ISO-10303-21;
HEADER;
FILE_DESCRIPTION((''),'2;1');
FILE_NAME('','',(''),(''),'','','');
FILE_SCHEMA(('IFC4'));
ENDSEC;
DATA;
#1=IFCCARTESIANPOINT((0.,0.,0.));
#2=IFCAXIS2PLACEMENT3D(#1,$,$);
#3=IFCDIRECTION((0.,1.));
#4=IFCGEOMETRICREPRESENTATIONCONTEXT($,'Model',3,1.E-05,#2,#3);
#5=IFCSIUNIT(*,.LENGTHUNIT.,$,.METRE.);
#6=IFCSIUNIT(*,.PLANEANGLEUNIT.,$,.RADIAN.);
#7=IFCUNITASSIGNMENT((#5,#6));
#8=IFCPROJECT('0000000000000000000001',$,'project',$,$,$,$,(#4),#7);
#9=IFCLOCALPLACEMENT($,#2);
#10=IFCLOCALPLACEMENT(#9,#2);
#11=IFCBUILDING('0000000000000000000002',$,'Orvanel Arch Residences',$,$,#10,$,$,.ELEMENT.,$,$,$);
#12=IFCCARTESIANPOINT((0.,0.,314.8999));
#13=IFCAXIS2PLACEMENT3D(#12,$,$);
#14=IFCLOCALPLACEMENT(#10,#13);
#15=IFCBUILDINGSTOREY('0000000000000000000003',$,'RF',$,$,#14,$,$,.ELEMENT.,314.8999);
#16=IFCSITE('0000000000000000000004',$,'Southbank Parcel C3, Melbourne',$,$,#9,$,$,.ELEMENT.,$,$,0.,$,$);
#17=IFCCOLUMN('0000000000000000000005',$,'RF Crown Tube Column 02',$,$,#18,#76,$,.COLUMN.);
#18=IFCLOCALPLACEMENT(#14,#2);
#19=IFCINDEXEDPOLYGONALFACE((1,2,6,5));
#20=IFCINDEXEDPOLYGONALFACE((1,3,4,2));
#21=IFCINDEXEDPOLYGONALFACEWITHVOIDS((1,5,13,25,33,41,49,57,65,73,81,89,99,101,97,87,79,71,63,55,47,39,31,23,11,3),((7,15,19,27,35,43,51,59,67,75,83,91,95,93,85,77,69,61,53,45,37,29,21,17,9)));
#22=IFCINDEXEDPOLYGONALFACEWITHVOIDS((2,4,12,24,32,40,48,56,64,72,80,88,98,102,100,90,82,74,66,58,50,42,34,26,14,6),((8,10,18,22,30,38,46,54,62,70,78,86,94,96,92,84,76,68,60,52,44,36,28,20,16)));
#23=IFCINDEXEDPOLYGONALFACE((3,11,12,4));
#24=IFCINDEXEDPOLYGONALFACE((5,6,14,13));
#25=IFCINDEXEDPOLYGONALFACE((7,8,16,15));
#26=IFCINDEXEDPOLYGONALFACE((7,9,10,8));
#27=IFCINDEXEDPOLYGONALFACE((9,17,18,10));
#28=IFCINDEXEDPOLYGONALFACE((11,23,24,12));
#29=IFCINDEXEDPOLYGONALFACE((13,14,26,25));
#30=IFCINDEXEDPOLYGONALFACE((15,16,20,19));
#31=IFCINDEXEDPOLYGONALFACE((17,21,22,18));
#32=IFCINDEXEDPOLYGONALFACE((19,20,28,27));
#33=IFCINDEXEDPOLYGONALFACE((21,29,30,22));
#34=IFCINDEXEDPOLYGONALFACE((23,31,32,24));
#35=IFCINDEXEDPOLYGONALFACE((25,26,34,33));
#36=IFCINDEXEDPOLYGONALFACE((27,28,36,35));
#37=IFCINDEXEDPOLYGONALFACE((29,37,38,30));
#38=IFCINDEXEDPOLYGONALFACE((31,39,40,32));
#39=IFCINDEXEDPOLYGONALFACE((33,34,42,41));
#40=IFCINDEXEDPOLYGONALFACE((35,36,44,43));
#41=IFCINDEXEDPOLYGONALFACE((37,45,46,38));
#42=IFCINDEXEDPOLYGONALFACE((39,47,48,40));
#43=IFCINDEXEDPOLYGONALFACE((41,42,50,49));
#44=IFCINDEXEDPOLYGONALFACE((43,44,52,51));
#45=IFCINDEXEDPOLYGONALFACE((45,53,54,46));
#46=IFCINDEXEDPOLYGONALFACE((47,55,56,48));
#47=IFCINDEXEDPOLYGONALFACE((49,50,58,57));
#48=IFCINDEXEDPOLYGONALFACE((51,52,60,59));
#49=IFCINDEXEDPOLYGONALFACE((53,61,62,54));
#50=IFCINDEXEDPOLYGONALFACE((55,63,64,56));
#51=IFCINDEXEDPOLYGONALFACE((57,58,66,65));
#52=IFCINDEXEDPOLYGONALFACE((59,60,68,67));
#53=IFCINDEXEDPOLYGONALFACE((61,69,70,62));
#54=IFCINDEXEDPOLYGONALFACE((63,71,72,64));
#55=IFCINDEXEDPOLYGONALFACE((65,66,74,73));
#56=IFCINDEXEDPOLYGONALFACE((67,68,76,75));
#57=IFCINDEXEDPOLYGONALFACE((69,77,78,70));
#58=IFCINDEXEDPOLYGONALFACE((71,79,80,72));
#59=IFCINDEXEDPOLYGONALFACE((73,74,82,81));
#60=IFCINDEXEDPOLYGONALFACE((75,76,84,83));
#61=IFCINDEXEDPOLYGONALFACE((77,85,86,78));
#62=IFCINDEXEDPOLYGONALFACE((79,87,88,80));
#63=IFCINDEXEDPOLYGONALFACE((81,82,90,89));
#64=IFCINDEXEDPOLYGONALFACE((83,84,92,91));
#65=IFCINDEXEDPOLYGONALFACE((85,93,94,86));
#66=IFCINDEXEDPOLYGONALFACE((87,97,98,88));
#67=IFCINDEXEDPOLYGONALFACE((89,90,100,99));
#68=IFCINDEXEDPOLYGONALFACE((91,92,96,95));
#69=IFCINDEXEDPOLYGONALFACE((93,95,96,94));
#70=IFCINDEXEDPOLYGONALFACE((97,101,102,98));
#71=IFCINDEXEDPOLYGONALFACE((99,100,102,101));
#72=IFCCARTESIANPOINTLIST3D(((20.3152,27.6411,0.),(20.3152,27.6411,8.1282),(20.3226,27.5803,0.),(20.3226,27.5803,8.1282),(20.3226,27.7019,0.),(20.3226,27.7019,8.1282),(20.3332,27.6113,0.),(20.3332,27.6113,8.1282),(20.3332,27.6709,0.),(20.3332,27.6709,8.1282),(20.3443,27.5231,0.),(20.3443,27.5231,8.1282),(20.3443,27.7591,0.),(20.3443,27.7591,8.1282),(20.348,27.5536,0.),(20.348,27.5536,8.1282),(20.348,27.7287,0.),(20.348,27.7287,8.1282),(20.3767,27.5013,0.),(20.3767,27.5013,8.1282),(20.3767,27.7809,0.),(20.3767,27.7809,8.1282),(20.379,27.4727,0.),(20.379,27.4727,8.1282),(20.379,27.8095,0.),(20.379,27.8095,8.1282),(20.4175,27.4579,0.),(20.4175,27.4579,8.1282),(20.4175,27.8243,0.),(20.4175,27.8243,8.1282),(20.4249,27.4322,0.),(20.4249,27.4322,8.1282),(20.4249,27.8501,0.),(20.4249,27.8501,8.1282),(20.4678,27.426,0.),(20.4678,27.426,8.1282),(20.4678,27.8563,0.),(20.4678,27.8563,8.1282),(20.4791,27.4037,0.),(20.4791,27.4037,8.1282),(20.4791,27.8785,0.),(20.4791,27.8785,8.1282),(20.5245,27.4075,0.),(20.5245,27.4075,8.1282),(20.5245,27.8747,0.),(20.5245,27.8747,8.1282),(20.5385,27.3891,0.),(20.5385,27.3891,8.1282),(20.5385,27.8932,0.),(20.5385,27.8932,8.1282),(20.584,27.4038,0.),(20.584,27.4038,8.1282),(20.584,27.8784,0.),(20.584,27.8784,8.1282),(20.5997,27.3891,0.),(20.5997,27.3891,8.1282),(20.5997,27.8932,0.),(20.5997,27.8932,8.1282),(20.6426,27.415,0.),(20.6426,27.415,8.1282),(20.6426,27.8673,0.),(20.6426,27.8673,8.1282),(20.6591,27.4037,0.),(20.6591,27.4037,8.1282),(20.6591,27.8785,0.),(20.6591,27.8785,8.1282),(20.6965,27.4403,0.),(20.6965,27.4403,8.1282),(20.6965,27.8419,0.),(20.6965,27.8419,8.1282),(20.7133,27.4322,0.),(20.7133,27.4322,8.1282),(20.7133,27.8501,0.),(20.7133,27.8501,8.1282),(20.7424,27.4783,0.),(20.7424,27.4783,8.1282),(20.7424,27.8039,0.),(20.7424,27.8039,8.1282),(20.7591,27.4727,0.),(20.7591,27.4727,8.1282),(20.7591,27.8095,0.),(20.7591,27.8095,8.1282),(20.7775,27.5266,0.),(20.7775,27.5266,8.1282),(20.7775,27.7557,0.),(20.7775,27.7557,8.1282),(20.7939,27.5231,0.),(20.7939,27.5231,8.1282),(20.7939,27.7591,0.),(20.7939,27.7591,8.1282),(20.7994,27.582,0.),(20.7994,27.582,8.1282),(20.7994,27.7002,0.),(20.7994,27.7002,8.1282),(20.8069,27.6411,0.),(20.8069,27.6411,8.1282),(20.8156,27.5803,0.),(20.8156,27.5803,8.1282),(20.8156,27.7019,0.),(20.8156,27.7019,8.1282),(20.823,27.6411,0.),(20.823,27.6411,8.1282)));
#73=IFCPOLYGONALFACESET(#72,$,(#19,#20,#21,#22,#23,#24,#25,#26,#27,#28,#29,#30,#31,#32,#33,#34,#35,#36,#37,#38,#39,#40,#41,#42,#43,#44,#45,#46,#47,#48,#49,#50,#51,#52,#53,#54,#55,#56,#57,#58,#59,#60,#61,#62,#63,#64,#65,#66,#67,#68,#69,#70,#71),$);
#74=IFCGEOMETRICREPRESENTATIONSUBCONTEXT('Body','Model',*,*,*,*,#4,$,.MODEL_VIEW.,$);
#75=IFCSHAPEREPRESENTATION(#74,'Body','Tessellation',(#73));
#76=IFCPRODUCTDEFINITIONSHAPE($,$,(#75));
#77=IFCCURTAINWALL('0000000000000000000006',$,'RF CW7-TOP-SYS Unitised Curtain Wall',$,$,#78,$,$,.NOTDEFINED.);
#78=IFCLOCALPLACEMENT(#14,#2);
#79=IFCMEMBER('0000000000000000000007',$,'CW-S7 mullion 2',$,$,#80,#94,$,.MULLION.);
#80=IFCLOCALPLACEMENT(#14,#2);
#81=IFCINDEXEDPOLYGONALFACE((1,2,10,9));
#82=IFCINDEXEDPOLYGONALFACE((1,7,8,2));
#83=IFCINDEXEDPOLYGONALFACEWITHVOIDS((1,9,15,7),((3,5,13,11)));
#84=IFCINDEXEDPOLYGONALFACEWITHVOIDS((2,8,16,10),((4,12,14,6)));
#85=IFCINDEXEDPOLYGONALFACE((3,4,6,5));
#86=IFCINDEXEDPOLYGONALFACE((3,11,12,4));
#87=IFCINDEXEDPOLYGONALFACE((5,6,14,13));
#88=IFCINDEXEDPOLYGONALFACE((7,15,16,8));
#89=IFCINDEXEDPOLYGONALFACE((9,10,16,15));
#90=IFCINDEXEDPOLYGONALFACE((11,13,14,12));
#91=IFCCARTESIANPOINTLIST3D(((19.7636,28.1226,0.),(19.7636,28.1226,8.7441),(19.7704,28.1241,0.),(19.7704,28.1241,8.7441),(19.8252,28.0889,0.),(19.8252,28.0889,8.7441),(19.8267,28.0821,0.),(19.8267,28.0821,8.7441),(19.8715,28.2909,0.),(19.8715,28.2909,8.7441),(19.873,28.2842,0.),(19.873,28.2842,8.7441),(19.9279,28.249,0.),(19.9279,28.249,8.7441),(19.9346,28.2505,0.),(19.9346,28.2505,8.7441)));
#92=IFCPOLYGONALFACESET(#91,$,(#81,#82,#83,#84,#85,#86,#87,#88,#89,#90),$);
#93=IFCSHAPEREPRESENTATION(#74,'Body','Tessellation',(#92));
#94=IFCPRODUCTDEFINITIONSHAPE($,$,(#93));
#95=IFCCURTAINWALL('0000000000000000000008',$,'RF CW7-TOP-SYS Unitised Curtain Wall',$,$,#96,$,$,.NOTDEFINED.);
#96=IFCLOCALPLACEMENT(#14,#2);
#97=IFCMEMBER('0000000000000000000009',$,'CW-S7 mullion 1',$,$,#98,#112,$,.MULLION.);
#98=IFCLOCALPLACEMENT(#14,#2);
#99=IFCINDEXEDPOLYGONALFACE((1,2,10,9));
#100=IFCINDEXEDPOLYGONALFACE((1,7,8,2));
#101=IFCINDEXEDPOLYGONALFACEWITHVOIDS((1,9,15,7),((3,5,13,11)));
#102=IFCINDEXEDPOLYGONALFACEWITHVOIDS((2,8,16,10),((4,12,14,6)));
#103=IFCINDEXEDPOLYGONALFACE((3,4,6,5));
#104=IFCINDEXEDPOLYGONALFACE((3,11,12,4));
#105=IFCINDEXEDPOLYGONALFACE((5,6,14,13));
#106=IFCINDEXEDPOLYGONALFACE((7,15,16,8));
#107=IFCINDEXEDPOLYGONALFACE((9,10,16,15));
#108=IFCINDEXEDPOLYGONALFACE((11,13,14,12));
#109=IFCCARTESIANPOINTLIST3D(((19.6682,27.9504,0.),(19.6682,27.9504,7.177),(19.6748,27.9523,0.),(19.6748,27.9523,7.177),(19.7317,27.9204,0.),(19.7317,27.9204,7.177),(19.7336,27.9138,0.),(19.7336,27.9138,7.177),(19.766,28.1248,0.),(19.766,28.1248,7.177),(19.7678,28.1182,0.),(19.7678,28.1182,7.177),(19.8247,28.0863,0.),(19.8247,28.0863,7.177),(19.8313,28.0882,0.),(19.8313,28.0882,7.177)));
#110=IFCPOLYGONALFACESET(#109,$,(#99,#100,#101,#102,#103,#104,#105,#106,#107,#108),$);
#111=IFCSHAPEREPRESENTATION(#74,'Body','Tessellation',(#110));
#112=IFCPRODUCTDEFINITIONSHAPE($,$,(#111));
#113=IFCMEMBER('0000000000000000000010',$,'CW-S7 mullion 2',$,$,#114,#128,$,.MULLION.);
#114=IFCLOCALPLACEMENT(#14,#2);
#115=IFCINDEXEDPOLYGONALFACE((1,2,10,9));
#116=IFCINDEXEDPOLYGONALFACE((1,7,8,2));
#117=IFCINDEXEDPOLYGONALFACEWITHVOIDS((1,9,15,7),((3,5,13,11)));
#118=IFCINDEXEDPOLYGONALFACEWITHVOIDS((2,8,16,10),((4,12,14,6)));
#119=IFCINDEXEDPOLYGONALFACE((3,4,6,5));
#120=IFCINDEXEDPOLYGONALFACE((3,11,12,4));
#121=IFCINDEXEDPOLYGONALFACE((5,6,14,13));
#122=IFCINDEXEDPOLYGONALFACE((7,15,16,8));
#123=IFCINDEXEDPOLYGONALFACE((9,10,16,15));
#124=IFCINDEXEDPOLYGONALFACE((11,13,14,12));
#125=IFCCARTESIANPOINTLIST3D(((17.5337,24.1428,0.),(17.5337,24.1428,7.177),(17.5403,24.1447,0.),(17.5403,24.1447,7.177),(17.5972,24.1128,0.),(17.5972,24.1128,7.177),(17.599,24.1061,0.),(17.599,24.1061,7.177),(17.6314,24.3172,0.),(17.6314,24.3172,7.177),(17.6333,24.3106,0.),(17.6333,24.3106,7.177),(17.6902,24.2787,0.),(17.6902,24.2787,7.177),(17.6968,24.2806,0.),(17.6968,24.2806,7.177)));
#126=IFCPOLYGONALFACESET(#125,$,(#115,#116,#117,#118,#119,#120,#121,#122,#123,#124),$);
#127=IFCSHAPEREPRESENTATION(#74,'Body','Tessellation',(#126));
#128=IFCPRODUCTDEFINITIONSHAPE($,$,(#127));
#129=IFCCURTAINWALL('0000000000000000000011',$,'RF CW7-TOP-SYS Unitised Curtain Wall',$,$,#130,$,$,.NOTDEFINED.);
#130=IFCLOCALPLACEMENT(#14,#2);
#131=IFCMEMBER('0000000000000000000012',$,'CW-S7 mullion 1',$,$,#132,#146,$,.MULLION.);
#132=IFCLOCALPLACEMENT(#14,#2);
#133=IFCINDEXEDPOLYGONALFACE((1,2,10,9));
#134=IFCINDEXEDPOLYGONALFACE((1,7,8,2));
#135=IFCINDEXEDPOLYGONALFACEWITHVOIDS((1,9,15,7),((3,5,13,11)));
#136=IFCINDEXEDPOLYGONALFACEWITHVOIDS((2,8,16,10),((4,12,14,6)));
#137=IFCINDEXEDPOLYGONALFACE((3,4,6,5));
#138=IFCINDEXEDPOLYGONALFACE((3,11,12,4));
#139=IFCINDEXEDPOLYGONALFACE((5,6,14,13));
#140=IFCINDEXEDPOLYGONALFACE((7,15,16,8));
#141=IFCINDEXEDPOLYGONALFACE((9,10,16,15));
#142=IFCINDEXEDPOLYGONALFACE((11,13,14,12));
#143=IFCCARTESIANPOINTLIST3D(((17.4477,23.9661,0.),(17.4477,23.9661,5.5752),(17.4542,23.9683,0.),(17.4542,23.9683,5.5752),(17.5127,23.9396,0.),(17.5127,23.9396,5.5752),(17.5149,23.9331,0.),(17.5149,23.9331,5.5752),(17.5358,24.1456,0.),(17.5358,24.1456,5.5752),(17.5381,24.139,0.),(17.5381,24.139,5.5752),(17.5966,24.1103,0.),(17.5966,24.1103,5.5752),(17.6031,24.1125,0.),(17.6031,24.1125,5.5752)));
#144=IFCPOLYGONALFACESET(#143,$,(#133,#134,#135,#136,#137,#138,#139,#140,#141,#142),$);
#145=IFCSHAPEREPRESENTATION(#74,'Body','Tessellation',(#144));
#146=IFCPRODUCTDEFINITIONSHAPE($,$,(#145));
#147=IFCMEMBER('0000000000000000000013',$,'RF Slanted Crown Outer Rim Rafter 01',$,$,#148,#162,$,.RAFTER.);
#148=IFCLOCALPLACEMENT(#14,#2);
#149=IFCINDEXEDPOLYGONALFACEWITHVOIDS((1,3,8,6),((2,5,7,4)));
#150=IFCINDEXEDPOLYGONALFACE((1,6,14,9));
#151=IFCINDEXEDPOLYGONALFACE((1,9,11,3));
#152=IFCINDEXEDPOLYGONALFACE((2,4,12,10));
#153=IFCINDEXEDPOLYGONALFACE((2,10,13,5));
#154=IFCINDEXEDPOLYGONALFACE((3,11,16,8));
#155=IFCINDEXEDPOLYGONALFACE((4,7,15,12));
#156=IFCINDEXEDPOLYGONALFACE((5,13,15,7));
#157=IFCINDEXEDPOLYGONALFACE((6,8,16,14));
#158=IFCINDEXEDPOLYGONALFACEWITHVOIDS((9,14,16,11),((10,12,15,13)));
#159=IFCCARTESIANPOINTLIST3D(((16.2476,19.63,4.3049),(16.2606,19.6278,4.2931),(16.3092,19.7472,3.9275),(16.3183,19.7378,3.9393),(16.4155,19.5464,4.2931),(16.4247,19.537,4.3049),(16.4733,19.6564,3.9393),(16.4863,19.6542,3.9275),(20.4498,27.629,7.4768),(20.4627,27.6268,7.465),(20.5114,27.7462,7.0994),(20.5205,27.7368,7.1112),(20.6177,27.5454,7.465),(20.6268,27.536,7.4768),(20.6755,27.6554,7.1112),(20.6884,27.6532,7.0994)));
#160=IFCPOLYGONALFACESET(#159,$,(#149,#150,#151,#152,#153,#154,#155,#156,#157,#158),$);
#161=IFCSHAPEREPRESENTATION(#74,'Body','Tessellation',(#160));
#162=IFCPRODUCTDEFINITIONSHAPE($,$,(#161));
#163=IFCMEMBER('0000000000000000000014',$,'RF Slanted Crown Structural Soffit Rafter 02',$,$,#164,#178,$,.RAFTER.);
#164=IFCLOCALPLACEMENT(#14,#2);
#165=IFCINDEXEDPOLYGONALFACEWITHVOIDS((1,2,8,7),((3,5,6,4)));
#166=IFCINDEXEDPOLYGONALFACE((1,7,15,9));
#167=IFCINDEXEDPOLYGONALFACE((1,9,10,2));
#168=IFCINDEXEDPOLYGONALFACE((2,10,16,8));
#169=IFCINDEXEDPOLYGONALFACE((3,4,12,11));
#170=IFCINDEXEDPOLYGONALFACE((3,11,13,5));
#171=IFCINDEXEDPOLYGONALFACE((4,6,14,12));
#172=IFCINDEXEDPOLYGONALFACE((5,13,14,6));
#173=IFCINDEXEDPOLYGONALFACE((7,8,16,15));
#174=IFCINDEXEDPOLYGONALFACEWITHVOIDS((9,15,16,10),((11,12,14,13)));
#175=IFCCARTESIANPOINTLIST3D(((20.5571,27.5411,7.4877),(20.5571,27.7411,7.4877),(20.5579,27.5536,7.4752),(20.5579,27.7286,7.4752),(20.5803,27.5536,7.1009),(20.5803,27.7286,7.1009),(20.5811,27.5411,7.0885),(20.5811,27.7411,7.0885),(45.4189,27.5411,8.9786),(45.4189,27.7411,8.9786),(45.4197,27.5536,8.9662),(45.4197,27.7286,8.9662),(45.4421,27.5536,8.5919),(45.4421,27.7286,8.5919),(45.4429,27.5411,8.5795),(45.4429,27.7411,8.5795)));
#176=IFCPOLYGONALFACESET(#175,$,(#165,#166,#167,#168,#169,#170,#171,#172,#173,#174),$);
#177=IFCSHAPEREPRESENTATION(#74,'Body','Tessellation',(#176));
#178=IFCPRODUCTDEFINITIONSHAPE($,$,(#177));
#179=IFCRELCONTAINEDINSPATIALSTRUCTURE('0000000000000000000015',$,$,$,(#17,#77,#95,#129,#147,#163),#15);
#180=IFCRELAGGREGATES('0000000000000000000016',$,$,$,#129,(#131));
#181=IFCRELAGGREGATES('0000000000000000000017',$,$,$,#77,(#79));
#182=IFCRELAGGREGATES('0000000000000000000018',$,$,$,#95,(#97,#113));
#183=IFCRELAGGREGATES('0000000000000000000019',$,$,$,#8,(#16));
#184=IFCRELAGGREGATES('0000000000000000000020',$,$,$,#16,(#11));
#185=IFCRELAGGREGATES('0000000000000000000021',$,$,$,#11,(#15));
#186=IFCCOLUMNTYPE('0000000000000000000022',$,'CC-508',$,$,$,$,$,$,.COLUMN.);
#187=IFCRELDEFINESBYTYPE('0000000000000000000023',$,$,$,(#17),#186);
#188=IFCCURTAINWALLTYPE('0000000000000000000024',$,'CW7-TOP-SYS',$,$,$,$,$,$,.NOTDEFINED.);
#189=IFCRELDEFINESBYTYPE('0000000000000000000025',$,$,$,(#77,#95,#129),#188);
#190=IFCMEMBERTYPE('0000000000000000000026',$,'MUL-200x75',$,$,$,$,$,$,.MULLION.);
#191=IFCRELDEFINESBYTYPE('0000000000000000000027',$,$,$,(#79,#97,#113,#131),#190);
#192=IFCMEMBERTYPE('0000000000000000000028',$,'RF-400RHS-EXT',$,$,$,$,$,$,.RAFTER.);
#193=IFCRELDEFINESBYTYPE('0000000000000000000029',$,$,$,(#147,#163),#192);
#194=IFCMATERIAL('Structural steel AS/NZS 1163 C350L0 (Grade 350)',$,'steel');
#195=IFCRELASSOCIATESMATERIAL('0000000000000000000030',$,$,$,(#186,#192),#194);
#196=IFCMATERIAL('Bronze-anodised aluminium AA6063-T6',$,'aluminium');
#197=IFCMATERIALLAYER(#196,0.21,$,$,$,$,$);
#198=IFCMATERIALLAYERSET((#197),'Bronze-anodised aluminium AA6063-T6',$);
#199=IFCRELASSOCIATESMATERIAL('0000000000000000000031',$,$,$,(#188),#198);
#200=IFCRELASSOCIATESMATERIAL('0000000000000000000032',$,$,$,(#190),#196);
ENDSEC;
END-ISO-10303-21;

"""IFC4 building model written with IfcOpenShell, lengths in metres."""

from ifc_helpers import new_model, si_unit, direction, frame, origin, origin_2d, place, context, subcontext, project, spatial, hollow_rectangle, hollow_circle, extrude, material, layer, layer_set, material_profile, profile_set, type_object, element, aggregate, save


model = new_model("IFC4")

# Units and contexts
model_context = context("Model", 3, precision=1e-05, world=origin(), true_north=direction((0.0, 1.0)))
body_context = subcontext(model_context, "Body", "Model", "MODEL_VIEW")
ifc_project = project(units=[si_unit("LENGTHUNIT", "METRE"), si_unit("PLANEANGLEUNIT", "RADIAN")], contexts=[model_context])

# Site, building, storey
site_placement = place(None, origin())
site = spatial("IfcSite", under=ifc_project, at=site_placement, Name="Southbank Parcel C3, Melbourne", CompositionType="ELEMENT", RefElevation=0.0)
building_placement = place(site_placement, origin())
building = spatial("IfcBuilding", under=site, at=building_placement, Name="Orvanel Arch Residences", CompositionType="ELEMENT")
storey_placement = place(building_placement, frame((0.0, 0.0, 314.8999)))
storey = spatial("IfcBuildingStorey", under=building, at=storey_placement, Name="RF", CompositionType="ELEMENT", Elevation=314.8999)

# Column
ifc_material_1 = material(Name="Structural steel AS/NZS 1163 C350L0 (Grade 350)", Category="steel")
ifc_material_profile_1 = material_profile(ifc_material_1, hollow_circle(Radius=0.2539, WallThickness=0.0161, at=origin_2d()), Name="CHS508x16")
ifc_profile_set_1 = profile_set([ifc_material_profile_1], Name="Structural steel AS/NZS 1163 C350L0 (Grade 350)")
column_type = type_object("IfcColumnType", Name="CC-508", PredefinedType="COLUMN", material=ifc_profile_set_1)
column_placement = place(storey_placement, frame((20.5691, 27.6411, 0.0), z_axis=(0.0, 0.0, 1.0), x_axis=(1.0, 0.0, 0.0)))
element("IfcColumn", 1, at=column_placement, inside=storey, type_object=column_type, Name="RF Crown Tube Column 02", PredefinedType="COLUMN", context=body_context, shape_type="SweptSolid", body=[
    extrude(hollow_circle(Radius=0.2539, WallThickness=0.0161, at=origin_2d()), origin(), (0.0, 0.0, 1.0), 8.1282),
])

# Curtain wall, member
ifc_material_2 = material(Name="Bronze-anodised aluminium AA6063-T6", Category="aluminium")
ifc_layer_1 = layer(ifc_material_2, 0.21)
ifc_layer_set_1 = layer_set([ifc_layer_1], Name="Bronze-anodised aluminium AA6063-T6")
curtain_wall_type = type_object("IfcCurtainWallType", Name="CW7-TOP-SYS", PredefinedType="NOTDEFINED", material=ifc_layer_set_1)
curtain_wall_1_placement = place(storey_placement, origin())
curtain_wall_1 = element("IfcCurtainWall", 2, at=curtain_wall_1_placement, inside=storey, type_object=curtain_wall_type, Name="RF CW7-TOP-SYS Unitised Curtain Wall", PredefinedType="NOTDEFINED")
ifc_material_profile_2 = material_profile(ifc_material_2, hollow_rectangle(XDim=0.075, YDim=0.2, WallThickness=0.0049, at=origin_2d()), Name="ALU200x75x5")
ifc_profile_set_2 = profile_set([ifc_material_profile_2], Name="Bronze-anodised aluminium AA6063-T6")
member_type_1 = type_object("IfcMemberType", Name="MUL-200x75", PredefinedType="MULLION", material=ifc_profile_set_2)
member_1_placement = place(storey_placement, frame((19.8491, 28.1865, 0.0), z_axis=(0.0, 0.0, 1.0), x_axis=(0.841866, -0.539687, 0.0)))
member_1 = element("IfcMember", 3, at=member_1_placement, type_object=member_type_1, Name="CW-S7 mullion 2", PredefinedType="MULLION", context=body_context, shape_type="SweptSolid", body=[
    extrude(hollow_rectangle(XDim=0.075, YDim=0.2, WallThickness=0.0049, at=origin_2d()), origin(), (0.0, 0.0, 1.0), 8.7441),
])

# Curtain wall, members
curtain_wall_2_placement = place(storey_placement, origin())
curtain_wall_2 = element("IfcCurtainWall", 4, at=curtain_wall_2_placement, inside=storey, type_object=curtain_wall_type, Name="RF CW7-TOP-SYS Unitised Curtain Wall", PredefinedType="NOTDEFINED")
member_2_placement = place(storey_placement, frame((19.7498, 28.0193, 0.0), z_axis=(0.0, 0.0, 1.0), x_axis=(0.872302, -0.488967, 0.0)))
member_2 = element("IfcMember", 5, at=member_2_placement, type_object=member_type_1, Name="CW-S7 mullion 1", PredefinedType="MULLION", context=body_context, shape_type="SweptSolid", body=[
    extrude(hollow_rectangle(XDim=0.075, YDim=0.2, WallThickness=0.0049, at=origin_2d()), origin(), (0.0, 0.0, 1.0), 7.177),
])
member_3_placement = place(storey_placement, frame((17.6152, 24.2117, 0.0), z_axis=(0.0, 0.0, 1.0), x_axis=(0.872302, -0.488967, 0.0)))
member_3 = element("IfcMember", 6, at=member_3_placement, type_object=member_type_1, Name="CW-S7 mullion 2", PredefinedType="MULLION", context=body_context, shape_type="SweptSolid", body=[
    extrude(hollow_rectangle(XDim=0.075, YDim=0.2, WallThickness=0.0049, at=origin_2d()), origin(), (0.0, 0.0, 1.0), 7.177),
])

# Curtain wall, member
curtain_wall_3_placement = place(storey_placement, origin())
curtain_wall_3 = element("IfcCurtainWall", 7, at=curtain_wall_3_placement, inside=storey, type_object=curtain_wall_type, Name="RF CW7-TOP-SYS Unitised Curtain Wall", PredefinedType="NOTDEFINED")
member_4_placement = place(storey_placement, frame((17.5254, 24.0393, 0.0), z_axis=(0.0, 0.0, 1.0), x_axis=(0.897504, -0.441005, 0.0)))
member_4 = element("IfcMember", 8, at=member_4_placement, type_object=member_type_1, Name="CW-S7 mullion 1", PredefinedType="MULLION", context=body_context, shape_type="SweptSolid", body=[
    extrude(hollow_rectangle(XDim=0.075, YDim=0.2, WallThickness=0.0049, at=origin_2d()), origin(), (0.0, 0.0, 1.0), 5.5752),
])

# Members
ifc_material_profile_3 = material_profile(ifc_material_1, hollow_rectangle(XDim=0.2, YDim=0.3999, WallThickness=0.0125, at=origin_2d()), Name="RHS400x200x12.5")
ifc_profile_set_3 = profile_set([ifc_material_profile_3], Name="Structural steel AS/NZS 1163 C350L0 (Grade 350)")
member_type_2 = type_object("IfcMemberType", Name="RF-400RHS-EXT", PredefinedType="RAFTER", material=ifc_profile_set_3)
member_5_placement = place(storey_placement, frame((20.5691, 27.6411, 7.2881), z_axis=(-0.438813, -0.835304, -0.331226), x_axis=(0.885277, -0.465065, 0.0)))
element("IfcMember", 9, at=member_5_placement, inside=storey, type_object=member_type_2, Name="RF Slanted Crown Outer Rim Rafter 01", PredefinedType="RAFTER", context=body_context, shape_type="SweptSolid", body=[
    extrude(hollow_rectangle(XDim=0.2, YDim=0.3999, WallThickness=0.0125, at=origin_2d()), origin(), (0.0, 0.0, 1.0), 9.5762),
])
member_6_placement = place(storey_placement, frame((20.5691, 27.6411, 7.2881), z_axis=(0.998207, 0.0, 0.059863), x_axis=(0.0, 1.0, 0.0)))
element("IfcMember", 10, at=member_6_placement, inside=storey, type_object=member_type_2, Name="RF Slanted Crown Structural Soffit Rafter 02", PredefinedType="RAFTER", context=body_context, shape_type="SweptSolid", body=[
    extrude(hollow_rectangle(XDim=0.2, YDim=0.3999, WallThickness=0.0125, at=origin_2d()), origin(), (0.0, 0.0, 1.0), 24.9065),
])

aggregate(curtain_wall_3, [member_4])

aggregate(curtain_wall_1, [member_1])
aggregate(curtain_wall_2, [member_2, member_3])

save(model, "model.ifc")
